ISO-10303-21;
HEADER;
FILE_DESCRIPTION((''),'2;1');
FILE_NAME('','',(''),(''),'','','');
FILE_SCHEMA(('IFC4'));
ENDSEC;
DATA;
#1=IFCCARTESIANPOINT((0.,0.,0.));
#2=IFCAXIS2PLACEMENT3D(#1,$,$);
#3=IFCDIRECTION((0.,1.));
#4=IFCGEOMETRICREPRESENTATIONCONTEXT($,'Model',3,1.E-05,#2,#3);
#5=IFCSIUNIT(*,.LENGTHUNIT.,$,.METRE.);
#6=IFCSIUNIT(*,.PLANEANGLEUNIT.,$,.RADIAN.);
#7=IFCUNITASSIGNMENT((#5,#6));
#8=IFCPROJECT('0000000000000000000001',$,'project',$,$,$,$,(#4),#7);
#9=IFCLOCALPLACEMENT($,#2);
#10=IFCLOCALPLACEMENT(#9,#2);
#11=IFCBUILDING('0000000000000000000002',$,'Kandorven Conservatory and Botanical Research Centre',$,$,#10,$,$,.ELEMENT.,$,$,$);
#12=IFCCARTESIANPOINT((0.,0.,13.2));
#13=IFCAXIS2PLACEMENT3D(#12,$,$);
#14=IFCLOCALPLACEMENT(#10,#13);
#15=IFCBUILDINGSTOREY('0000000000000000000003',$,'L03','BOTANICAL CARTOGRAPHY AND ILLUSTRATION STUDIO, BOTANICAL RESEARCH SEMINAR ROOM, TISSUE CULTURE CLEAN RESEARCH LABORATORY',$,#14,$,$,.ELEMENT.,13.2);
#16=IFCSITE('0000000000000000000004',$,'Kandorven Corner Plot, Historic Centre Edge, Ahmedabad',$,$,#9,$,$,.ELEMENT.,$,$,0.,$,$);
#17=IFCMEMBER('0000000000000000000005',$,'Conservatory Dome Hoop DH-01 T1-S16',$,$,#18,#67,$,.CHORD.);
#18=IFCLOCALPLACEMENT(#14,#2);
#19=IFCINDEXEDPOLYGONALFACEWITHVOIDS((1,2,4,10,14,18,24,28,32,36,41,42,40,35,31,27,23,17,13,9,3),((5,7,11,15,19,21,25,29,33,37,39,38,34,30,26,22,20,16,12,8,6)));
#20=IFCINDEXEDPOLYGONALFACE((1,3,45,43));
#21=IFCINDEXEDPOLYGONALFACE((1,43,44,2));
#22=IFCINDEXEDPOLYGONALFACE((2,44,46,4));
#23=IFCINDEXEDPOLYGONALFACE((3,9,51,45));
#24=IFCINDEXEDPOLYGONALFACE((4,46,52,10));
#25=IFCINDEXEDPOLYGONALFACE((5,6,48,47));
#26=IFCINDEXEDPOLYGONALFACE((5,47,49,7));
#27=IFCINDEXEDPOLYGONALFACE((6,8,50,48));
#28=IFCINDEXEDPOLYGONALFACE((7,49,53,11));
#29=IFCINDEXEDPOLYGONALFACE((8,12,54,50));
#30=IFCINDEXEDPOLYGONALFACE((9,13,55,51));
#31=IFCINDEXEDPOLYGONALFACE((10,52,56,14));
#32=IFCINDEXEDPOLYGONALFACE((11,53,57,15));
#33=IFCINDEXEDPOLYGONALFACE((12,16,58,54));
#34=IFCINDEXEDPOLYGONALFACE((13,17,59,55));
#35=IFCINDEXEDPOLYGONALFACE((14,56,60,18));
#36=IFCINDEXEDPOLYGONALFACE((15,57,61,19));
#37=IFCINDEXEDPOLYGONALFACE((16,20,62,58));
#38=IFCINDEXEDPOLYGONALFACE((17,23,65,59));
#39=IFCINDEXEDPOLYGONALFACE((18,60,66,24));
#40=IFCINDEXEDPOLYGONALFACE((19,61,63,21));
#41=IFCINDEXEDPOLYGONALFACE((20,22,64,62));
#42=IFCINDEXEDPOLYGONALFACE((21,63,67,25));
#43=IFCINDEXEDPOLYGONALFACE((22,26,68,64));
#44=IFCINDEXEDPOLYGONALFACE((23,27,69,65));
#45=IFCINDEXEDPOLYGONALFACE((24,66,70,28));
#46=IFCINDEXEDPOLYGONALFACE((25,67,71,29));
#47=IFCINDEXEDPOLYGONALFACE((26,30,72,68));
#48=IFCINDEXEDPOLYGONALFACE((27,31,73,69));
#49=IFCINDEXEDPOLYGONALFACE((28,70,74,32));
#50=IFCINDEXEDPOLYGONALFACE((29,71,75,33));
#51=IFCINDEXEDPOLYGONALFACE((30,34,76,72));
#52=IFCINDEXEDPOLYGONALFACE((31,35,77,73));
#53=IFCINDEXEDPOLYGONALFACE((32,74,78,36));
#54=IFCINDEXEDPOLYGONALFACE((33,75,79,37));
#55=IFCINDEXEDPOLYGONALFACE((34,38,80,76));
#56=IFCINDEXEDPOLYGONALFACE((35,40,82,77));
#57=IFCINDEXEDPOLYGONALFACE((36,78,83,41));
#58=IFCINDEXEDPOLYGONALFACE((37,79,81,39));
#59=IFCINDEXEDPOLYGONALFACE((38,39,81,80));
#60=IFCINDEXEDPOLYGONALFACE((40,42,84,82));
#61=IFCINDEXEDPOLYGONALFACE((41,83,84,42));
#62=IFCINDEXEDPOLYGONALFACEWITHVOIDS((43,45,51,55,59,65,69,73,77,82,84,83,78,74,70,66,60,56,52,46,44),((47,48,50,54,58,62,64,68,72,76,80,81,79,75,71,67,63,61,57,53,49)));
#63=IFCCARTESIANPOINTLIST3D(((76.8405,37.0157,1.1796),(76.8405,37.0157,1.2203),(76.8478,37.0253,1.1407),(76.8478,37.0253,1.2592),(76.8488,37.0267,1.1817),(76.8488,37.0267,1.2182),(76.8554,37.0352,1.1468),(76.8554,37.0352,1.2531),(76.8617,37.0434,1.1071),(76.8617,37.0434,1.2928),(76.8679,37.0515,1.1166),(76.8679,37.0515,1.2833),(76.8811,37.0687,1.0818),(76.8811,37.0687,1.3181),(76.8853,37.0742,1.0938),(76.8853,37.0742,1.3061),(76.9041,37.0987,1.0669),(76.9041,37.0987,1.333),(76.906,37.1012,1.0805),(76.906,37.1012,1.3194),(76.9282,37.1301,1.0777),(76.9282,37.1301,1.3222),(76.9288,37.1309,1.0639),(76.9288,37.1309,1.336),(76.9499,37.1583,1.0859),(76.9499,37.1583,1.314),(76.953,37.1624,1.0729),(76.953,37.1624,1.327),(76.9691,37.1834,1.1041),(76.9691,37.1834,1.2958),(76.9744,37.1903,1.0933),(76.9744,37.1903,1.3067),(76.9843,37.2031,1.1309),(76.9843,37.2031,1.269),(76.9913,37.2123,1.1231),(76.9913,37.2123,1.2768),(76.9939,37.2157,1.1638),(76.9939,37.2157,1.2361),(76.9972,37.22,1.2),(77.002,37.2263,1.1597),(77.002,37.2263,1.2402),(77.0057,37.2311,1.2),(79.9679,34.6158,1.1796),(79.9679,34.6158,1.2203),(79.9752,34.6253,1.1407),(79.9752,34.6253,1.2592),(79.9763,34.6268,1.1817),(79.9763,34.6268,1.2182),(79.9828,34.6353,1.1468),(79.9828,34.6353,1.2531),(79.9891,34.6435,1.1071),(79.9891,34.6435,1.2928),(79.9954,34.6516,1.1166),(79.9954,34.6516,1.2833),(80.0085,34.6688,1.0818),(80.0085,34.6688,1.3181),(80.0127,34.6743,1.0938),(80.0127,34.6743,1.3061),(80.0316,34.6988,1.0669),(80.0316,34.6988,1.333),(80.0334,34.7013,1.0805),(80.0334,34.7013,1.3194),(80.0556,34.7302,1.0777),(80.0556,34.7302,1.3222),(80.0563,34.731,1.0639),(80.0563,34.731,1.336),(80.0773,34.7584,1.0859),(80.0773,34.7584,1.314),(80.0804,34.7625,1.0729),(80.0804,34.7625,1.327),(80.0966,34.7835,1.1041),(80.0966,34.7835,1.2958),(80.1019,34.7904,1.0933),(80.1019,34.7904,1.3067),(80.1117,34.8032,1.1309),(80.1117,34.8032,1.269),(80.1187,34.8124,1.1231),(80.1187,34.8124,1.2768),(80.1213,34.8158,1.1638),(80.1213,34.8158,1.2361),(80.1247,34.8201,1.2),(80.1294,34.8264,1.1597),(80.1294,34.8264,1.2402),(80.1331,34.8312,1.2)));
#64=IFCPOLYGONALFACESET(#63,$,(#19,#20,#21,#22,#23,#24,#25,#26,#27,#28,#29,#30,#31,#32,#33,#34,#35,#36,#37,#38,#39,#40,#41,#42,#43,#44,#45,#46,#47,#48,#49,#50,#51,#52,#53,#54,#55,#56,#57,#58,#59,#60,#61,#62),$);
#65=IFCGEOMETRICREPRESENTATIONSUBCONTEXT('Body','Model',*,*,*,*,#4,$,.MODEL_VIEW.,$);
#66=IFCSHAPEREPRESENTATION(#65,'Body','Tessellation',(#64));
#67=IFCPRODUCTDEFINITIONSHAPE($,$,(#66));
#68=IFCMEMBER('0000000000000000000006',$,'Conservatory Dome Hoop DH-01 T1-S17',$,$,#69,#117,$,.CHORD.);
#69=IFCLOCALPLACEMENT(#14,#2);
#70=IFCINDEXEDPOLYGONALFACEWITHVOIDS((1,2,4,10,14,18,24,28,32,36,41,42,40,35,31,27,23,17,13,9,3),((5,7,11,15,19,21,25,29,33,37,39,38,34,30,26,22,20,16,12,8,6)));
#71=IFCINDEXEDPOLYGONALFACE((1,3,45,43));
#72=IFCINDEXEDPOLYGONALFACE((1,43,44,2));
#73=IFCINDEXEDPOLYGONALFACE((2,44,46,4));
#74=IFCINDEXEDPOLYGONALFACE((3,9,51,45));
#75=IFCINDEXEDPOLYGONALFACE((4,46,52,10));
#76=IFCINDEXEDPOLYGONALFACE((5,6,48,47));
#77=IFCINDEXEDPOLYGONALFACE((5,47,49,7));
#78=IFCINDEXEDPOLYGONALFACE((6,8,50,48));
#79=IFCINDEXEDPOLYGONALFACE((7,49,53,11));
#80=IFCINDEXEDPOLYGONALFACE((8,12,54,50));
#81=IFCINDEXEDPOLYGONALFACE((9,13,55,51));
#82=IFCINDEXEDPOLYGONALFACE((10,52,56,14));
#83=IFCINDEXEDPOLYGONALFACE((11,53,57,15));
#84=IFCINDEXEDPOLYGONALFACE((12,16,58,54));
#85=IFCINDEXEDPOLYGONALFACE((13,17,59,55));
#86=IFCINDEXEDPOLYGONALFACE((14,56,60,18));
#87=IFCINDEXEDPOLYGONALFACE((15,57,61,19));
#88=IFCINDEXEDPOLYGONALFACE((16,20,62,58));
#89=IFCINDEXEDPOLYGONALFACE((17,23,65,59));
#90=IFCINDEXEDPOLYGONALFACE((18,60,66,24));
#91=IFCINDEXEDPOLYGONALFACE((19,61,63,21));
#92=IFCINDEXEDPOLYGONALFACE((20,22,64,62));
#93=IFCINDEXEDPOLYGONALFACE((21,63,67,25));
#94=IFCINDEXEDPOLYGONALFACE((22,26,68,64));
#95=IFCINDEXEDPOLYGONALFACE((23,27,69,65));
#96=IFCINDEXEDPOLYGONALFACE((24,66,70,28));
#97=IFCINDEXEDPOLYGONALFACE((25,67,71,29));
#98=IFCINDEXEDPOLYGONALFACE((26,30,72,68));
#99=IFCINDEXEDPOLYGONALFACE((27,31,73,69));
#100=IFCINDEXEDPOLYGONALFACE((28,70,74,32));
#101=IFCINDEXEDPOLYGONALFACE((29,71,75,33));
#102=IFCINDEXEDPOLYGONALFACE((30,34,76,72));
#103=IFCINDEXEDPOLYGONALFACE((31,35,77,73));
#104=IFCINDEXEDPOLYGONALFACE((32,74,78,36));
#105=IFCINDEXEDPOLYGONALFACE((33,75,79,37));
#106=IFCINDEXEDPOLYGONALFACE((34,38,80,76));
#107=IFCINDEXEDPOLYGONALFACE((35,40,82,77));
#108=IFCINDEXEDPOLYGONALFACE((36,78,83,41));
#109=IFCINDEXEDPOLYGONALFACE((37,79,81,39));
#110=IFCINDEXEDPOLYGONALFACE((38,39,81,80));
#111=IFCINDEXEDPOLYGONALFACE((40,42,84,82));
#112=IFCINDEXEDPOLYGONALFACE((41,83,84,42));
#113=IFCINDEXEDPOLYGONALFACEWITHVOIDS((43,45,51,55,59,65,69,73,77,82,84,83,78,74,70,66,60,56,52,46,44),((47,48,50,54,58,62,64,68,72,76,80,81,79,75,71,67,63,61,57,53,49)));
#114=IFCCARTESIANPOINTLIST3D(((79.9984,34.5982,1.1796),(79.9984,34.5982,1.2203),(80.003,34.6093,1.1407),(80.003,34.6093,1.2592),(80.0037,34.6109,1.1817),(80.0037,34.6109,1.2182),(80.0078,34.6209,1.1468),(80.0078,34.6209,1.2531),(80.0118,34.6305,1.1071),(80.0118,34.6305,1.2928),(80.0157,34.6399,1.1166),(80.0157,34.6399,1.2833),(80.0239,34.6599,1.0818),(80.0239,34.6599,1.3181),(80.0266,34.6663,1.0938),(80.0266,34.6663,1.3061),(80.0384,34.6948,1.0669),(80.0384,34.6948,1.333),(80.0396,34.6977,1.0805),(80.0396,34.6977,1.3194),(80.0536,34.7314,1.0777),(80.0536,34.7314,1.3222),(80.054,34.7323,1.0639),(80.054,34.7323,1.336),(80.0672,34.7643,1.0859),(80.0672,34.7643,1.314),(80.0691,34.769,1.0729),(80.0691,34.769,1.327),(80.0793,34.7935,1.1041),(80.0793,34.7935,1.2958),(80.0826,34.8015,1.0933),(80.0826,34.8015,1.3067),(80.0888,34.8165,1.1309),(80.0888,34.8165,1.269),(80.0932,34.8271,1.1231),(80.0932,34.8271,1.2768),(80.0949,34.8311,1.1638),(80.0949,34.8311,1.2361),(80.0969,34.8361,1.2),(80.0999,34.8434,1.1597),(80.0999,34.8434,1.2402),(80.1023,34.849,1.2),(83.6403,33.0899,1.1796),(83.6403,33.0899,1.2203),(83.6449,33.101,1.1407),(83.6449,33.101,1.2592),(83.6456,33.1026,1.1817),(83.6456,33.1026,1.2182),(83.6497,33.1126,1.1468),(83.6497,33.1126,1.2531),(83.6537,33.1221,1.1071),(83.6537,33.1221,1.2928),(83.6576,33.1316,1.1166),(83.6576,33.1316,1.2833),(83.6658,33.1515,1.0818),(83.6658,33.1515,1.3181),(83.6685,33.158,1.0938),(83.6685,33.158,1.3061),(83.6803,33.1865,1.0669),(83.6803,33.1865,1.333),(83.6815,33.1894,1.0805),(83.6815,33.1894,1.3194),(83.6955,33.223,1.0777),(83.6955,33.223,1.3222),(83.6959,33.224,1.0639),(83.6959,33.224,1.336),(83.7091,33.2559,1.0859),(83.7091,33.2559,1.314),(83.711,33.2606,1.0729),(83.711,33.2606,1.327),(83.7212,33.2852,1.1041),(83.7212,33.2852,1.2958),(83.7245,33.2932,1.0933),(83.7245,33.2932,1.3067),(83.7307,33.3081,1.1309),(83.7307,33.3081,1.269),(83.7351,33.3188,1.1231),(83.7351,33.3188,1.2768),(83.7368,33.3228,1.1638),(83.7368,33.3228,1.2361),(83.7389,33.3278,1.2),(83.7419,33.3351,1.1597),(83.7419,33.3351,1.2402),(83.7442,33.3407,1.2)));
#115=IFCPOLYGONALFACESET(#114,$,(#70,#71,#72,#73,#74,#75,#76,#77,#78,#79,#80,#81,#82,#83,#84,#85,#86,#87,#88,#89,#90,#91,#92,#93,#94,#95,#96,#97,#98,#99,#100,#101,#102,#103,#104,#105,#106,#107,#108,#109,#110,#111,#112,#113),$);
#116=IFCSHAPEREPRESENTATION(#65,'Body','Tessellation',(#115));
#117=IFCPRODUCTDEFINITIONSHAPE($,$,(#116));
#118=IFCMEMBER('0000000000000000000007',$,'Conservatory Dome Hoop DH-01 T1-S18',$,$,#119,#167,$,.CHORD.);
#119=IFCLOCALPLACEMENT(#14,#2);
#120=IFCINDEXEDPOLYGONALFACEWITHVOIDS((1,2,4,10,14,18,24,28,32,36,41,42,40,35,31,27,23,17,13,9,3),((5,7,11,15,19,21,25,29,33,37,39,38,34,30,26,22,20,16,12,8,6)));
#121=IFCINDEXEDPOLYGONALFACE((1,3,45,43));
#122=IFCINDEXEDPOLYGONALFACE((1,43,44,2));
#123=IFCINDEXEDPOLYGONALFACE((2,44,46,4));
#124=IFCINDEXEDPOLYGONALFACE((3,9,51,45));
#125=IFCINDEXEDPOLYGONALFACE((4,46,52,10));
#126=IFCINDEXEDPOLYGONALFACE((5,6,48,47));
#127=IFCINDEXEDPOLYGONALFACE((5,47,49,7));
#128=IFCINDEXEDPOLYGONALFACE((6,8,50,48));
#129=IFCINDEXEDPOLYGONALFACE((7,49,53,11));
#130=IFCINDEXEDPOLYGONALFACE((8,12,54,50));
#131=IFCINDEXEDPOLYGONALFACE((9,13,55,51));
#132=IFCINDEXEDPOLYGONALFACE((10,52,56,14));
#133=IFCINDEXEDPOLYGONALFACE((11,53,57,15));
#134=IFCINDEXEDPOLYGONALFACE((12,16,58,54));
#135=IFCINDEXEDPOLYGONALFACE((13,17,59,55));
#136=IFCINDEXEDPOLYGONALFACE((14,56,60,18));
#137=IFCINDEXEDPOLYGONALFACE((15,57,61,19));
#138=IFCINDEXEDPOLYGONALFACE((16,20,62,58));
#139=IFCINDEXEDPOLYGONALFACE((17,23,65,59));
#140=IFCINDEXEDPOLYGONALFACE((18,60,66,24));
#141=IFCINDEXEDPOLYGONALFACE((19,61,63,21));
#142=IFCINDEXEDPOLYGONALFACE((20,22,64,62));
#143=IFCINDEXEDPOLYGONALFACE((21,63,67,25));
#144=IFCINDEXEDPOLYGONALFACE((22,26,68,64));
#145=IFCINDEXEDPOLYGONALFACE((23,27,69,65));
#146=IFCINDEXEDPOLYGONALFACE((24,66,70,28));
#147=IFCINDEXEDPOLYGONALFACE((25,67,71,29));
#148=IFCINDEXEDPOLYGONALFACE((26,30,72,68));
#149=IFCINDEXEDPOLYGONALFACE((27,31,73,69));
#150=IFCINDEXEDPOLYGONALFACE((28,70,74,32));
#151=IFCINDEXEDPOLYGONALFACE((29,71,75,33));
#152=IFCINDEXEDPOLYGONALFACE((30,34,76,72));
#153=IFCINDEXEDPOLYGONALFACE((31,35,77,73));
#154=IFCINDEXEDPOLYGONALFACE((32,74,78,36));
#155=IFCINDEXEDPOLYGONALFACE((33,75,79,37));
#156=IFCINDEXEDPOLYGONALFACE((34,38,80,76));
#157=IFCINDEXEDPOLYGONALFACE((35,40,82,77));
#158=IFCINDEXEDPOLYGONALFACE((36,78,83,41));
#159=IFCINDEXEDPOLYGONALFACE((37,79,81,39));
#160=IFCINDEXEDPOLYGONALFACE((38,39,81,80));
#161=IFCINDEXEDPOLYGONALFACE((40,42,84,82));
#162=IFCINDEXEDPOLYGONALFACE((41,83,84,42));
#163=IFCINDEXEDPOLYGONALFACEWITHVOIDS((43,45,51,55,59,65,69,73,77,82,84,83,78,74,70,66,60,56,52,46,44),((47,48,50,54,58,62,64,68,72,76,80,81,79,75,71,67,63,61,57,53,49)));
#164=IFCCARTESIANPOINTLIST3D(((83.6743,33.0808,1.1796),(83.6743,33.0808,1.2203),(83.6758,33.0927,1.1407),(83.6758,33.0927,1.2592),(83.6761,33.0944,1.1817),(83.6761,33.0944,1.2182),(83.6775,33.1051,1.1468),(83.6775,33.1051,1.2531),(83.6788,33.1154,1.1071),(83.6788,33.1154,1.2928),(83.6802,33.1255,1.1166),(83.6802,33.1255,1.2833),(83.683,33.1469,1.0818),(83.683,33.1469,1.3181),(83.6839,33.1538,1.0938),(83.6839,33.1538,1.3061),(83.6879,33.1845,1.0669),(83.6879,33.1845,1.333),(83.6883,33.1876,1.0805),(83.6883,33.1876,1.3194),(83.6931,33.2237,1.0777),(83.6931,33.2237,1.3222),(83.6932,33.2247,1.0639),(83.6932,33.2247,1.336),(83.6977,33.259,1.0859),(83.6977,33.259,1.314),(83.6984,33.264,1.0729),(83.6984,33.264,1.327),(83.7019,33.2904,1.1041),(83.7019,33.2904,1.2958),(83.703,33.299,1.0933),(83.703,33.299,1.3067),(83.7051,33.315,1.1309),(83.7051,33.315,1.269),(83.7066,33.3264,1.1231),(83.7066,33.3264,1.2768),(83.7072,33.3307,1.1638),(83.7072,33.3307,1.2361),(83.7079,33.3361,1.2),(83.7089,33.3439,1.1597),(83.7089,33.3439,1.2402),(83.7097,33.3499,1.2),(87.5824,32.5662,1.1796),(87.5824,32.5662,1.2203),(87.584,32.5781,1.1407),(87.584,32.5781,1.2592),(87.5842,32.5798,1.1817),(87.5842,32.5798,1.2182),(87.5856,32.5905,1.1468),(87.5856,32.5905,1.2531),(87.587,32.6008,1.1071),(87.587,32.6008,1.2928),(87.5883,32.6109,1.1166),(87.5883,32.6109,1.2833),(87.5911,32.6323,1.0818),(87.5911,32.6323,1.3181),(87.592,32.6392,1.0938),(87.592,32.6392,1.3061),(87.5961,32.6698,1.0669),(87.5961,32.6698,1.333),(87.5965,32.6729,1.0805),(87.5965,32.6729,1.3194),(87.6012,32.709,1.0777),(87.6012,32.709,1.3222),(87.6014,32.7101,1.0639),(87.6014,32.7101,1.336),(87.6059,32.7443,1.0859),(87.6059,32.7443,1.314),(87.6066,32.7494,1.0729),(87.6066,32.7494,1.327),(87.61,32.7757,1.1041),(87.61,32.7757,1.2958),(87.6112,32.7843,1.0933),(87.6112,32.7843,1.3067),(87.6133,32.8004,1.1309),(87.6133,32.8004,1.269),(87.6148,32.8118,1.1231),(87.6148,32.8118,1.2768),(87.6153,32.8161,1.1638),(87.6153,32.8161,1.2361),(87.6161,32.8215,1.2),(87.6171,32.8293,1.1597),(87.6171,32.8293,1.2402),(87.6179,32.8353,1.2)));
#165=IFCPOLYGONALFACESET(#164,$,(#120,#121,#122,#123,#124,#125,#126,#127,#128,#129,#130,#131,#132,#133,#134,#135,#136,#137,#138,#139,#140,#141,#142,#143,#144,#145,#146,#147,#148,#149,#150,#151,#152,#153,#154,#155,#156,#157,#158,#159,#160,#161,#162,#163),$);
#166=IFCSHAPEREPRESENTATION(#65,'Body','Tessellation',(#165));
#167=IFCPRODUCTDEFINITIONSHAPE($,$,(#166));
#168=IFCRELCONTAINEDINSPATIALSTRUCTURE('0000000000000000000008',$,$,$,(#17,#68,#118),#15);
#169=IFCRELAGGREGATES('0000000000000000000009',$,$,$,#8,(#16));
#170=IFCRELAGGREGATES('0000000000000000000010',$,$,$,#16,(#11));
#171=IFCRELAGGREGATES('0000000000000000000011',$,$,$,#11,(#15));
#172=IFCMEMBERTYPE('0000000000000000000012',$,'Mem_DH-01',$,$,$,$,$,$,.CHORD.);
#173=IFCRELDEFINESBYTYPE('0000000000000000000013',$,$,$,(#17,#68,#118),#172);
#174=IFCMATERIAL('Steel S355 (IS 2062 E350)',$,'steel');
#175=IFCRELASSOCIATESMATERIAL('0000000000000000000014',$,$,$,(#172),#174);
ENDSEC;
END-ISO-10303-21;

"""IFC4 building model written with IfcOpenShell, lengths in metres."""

from ifc_helpers import new_model, si_unit, direction, frame, origin, origin_2d, place, context, subcontext, project, spatial, hollow_circle, extrude, material, material_profile, profile_set, type_object, element, save


model = new_model("IFC4")

# Units and contexts
model_context = context("Model", 3, precision=1e-05, world=origin(), true_north=direction((0.0, 1.0)))
body_context = subcontext(model_context, "Body", "Model", "MODEL_VIEW")
ifc_project = project(units=[si_unit("LENGTHUNIT", "METRE"), si_unit("PLANEANGLEUNIT", "RADIAN")], contexts=[model_context])

# Site, building, storey
site_placement = place(None, origin())
site = spatial("IfcSite", under=ifc_project, at=site_placement, Name="Kandorven Corner Plot, Historic Centre Edge, Ahmedabad", CompositionType="ELEMENT", RefElevation=0.0)
building_placement = place(site_placement, origin())
building = spatial("IfcBuilding", under=site, at=building_placement, Name="Kandorven Conservatory and Botanical Research Centre", CompositionType="ELEMENT")
storey_placement = place(building_placement, frame((0.0, 0.0, 13.2)))
storey = spatial("IfcBuildingStorey", under=building, at=storey_placement, Name="L03", Description="BOTANICAL CARTOGRAPHY AND ILLUSTRATION STUDIO, BOTANICAL RESEARCH SEMINAR ROOM, TISSUE CULTURE CLEAN RESEARCH LABORATORY", CompositionType="ELEMENT", Elevation=13.2)

# Members
ifc_material_1 = material(Name="Steel S355 (IS 2062 E350)", Category="steel")
ifc_material_profile_1 = material_profile(ifc_material_1, hollow_circle(Radius=0.1365, WallThickness=0.0139, at=origin_2d()))
ifc_profile_set_1 = profile_set([ifc_material_profile_1], Name="Steel S355 (IS 2062 E350)")
member_type_1 = type_object("IfcMemberType", Name="Mem_DH-01", PredefinedType="CHORD", material=ifc_profile_set_1)
member_1_placement = place(storey_placement, frame((76.9226, 37.1228, 1.2), z_axis=(0.793337, -0.608783, 0.0), x_axis=(0.608783, 0.793337, 0.0)))
element("IfcMember", 1, at=member_1_placement, inside=storey, type_object=member_type_1, Name="Conservatory Dome Hoop DH-01 T1-S16", PredefinedType="CHORD", context=body_context, shape_type="SweptSolid", body=[
    extrude(hollow_circle(Radius=0.1365, WallThickness=0.0139, at=origin_2d()), origin(), (0.0, 0.0, 1.0), 3.9421),
])
for number, where, z_axis, x_axis, name in (
    (2, (80.05, 34.7229, 1.2), (0.923898, -0.38264, 0.0), (0.38264, 0.923898, 0.0), "Conservatory Dome Hoop DH-01 T1-S17"),
    (3, (83.6919, 33.2146, 1.2), (0.991441, -0.130557, 0.0), (0.130557, 0.991441, 0.0), "Conservatory Dome Hoop DH-01 T1-S18"),
):
    element("IfcMember", number, at=place(storey_placement, frame(where, z_axis=z_axis, x_axis=x_axis)), inside=storey, type_object=member_type_1, Name=name, PredefinedType="CHORD", context=body_context, shape_type="SweptSolid", body=[
        extrude(hollow_circle(Radius=0.1365, WallThickness=0.0139, at=origin_2d()), origin(), (0.0, 0.0, 1.0), 3.9419),
    ])

save(model, "model.ifc")
